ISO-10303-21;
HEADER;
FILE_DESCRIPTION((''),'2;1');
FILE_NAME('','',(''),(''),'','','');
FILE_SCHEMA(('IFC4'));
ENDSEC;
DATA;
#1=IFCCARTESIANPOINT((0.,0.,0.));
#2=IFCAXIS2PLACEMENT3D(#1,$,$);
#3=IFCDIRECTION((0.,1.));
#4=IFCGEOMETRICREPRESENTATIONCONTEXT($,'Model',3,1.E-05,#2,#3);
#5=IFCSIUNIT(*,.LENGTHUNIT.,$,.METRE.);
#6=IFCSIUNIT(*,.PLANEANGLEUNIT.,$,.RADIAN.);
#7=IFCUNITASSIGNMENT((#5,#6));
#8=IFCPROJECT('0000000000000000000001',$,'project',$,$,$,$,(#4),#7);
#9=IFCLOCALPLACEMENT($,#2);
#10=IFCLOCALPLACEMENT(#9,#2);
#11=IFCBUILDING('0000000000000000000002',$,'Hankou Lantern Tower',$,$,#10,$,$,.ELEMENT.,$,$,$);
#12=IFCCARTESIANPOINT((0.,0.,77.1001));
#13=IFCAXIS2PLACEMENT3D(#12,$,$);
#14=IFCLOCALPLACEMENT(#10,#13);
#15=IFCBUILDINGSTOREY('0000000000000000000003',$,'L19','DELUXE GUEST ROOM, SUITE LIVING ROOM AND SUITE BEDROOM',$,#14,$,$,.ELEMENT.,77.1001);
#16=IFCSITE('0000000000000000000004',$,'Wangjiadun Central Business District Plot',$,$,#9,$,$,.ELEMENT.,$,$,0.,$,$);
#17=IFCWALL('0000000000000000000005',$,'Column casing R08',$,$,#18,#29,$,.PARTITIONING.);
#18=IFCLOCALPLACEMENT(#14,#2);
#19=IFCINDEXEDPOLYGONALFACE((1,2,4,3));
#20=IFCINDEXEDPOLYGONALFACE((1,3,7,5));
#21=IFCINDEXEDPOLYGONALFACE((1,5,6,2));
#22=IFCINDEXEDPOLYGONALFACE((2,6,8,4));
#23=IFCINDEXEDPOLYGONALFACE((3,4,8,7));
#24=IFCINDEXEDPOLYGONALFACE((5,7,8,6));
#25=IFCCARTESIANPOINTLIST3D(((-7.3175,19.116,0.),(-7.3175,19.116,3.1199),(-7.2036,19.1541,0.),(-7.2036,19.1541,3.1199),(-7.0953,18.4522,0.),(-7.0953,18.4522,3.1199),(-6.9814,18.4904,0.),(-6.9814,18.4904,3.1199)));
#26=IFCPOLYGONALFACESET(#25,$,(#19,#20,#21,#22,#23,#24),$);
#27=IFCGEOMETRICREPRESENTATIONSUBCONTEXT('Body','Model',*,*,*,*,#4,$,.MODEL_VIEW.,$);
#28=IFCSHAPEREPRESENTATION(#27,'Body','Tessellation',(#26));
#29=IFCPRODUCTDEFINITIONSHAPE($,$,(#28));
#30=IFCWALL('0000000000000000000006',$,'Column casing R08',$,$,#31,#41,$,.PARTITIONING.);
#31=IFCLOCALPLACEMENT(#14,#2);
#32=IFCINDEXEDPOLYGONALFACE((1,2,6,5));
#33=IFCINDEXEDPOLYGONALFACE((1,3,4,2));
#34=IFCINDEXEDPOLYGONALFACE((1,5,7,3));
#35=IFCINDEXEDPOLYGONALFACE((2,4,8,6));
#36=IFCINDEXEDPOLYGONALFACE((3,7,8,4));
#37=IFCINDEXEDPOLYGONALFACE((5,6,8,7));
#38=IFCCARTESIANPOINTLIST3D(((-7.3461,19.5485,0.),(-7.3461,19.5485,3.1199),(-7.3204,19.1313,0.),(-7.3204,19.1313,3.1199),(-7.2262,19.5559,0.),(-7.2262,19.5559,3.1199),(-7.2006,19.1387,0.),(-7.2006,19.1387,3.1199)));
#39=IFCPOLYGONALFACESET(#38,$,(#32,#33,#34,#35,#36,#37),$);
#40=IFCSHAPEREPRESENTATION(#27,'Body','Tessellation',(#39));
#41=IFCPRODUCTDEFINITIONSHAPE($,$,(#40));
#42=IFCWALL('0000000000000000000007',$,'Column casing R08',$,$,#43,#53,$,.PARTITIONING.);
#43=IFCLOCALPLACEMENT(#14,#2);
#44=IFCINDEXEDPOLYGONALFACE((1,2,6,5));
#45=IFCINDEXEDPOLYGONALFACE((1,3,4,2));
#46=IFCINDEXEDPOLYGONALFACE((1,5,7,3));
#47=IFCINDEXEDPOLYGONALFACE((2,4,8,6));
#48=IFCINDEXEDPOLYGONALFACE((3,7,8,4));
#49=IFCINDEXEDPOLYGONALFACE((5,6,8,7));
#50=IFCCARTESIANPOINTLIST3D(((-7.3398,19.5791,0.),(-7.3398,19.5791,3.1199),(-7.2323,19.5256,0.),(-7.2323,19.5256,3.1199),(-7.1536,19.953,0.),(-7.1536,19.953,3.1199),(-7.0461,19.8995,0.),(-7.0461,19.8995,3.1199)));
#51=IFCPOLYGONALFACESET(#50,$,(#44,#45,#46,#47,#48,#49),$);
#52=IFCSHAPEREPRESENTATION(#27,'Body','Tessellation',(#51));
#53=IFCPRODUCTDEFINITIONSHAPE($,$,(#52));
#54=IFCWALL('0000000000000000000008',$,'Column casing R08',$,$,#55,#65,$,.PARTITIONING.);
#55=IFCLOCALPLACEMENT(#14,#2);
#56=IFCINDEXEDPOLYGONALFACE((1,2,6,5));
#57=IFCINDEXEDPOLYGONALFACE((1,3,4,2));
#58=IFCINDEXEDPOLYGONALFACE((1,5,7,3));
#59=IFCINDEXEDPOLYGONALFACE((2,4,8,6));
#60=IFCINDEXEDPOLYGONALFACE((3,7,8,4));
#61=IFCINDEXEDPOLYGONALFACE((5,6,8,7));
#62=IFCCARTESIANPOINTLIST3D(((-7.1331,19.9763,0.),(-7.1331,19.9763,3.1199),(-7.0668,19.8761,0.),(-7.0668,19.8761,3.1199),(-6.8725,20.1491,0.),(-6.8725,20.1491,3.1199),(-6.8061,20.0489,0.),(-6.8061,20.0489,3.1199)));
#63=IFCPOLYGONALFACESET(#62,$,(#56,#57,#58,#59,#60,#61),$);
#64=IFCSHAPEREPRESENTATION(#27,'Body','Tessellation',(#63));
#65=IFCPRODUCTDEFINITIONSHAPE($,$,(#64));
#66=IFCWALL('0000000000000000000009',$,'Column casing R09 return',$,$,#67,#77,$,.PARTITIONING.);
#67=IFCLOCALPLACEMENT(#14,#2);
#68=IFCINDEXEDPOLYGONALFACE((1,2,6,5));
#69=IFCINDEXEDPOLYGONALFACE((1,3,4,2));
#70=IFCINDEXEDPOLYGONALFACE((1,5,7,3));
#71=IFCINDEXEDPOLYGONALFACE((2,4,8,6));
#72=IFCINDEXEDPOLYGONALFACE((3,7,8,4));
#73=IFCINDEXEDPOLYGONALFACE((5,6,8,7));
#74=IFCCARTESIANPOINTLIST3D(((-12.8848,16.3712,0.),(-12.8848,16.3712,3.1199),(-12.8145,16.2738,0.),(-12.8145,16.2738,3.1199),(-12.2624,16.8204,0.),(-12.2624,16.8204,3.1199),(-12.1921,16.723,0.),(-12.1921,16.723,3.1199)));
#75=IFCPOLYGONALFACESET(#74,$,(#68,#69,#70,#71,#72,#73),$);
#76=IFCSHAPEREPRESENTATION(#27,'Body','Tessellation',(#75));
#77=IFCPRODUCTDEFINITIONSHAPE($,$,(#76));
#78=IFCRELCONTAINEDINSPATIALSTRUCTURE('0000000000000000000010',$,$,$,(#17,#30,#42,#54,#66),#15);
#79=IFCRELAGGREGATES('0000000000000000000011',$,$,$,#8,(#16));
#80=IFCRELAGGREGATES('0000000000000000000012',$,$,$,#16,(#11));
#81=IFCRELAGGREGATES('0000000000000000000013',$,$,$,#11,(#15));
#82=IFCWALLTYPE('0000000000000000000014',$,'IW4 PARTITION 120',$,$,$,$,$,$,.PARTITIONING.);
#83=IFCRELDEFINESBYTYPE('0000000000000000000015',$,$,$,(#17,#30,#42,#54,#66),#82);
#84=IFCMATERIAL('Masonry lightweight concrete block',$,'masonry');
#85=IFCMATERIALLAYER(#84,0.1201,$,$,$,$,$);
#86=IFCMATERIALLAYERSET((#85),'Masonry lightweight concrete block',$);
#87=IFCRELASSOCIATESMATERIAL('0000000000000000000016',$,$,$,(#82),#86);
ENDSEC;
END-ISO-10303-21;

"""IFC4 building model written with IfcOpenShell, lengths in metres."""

from ifc_helpers import new_model, si_unit, direction, frame, frame_2d, origin, place, context, subcontext, project, spatial, rectangle, extrude, material, layer, layer_set, type_object, element, save


model = new_model("IFC4")

# Units and contexts
model_context = context("Model", 3, precision=1e-05, world=origin(), true_north=direction((0.0, 1.0)))
body_context = subcontext(model_context, "Body", "Model", "MODEL_VIEW")
ifc_project = project(units=[si_unit("LENGTHUNIT", "METRE"), si_unit("PLANEANGLEUNIT", "RADIAN")], contexts=[model_context])

# Site, building, storey
site_placement = place(None, origin())
site = spatial("IfcSite", under=ifc_project, at=site_placement, Name="Wangjiadun Central Business District Plot", CompositionType="ELEMENT", RefElevation=0.0)
building_placement = place(site_placement, origin())
building = spatial("IfcBuilding", under=site, at=building_placement, Name="Hankou Lantern Tower", CompositionType="ELEMENT")
storey_placement = place(building_placement, frame((0.0, 0.0, 77.1001)))
storey = spatial("IfcBuildingStorey", under=building, at=storey_placement, Name="L19", Description="DELUXE GUEST ROOM, SUITE LIVING ROOM AND SUITE BEDROOM", CompositionType="ELEMENT", Elevation=77.1001)

# Walls
ifc_material_1 = material(Name="Masonry lightweight concrete block", Category="masonry")
ifc_layer_1 = layer(ifc_material_1, 0.1201)
ifc_layer_set_1 = layer_set([ifc_layer_1], Name="Masonry lightweight concrete block")
wall_type_1 = type_object("IfcWallType", Name="IW4 PARTITION 120", PredefinedType="PARTITIONING", material=ifc_layer_set_1)
wall_1_placement = place(storey_placement, frame((-7.0383, 18.4712, 0.0), z_axis=(0.0, 0.0, 1.0), x_axis=(-0.317378, 0.948299, 0.0)))
element("IfcWall", 1, at=wall_1_placement, inside=storey, type_object=wall_type_1, Name="Column casing R08", PredefinedType="PARTITIONING", context=body_context, shape_type="SweptSolid", body=[
    extrude(rectangle(XDim=0.7, YDim=0.1201, at=frame_2d((0.3501, 0.0))), origin(), (0.0, 0.0, 1.0), 3.1199),
])
wall_2_placement = place(storey_placement, frame((-7.2605, 19.135, 0.0), z_axis=(0.0, 0.0, 1.0), x_axis=(-0.061324, 0.998118, 0.0)))
element("IfcWall", 2, at=wall_2_placement, inside=storey, type_object=wall_type_1, Name="Column casing R08", PredefinedType="PARTITIONING", context=body_context, shape_type="SweptSolid", body=[
    extrude(rectangle(XDim=0.418, YDim=0.1201, at=frame_2d((0.209, 0.0))), origin(), (0.0, 0.0, 1.0), 3.1199),
])
wall_3_placement = place(storey_placement, frame((-7.2861, 19.5522, 0.0), z_axis=(0.0, 0.0, 1.0), x_axis=(0.445811, 0.895127, 0.0)))
element("IfcWall", 3, at=wall_3_placement, inside=storey, type_object=wall_type_1, Name="Column casing R08", PredefinedType="PARTITIONING", context=body_context, shape_type="SweptSolid", body=[
    extrude(rectangle(XDim=0.4177, YDim=0.1201, at=frame_2d((0.209, 0.0))), origin(), (0.0, 0.0, 1.0), 3.1199),
])
wall_4_placement = place(storey_placement, frame((-7.0999, 19.9263, 0.0), z_axis=(0.0, 0.0, 1.0), x_axis=(0.833488, 0.552537, 0.0)))
element("IfcWall", 4, at=wall_4_placement, inside=storey, type_object=wall_type_1, Name="Column casing R08", PredefinedType="PARTITIONING", context=body_context, shape_type="SweptSolid", body=[
    extrude(rectangle(XDim=0.3127, YDim=0.1201, at=frame_2d((0.1562, 0.0))), origin(), (0.0, 0.0, 1.0), 3.1199),
])
wall_5_placement = place(storey_placement, frame((-12.2273, 16.7717, 0.0), z_axis=(0.0, 0.0, 1.0), x_axis=(-0.810822, -0.585293, 0.0)))
element("IfcWall", 5, at=wall_5_placement, inside=storey, type_object=wall_type_1, Name="Column casing R09 return", PredefinedType="PARTITIONING", context=body_context, shape_type="SweptSolid", body=[
    extrude(rectangle(XDim=0.7676, YDim=0.1201, at=frame_2d((0.3838, 0.0))), origin(), (0.0, 0.0, 1.0), 3.1199),
])

save(model, "model.ifc")
